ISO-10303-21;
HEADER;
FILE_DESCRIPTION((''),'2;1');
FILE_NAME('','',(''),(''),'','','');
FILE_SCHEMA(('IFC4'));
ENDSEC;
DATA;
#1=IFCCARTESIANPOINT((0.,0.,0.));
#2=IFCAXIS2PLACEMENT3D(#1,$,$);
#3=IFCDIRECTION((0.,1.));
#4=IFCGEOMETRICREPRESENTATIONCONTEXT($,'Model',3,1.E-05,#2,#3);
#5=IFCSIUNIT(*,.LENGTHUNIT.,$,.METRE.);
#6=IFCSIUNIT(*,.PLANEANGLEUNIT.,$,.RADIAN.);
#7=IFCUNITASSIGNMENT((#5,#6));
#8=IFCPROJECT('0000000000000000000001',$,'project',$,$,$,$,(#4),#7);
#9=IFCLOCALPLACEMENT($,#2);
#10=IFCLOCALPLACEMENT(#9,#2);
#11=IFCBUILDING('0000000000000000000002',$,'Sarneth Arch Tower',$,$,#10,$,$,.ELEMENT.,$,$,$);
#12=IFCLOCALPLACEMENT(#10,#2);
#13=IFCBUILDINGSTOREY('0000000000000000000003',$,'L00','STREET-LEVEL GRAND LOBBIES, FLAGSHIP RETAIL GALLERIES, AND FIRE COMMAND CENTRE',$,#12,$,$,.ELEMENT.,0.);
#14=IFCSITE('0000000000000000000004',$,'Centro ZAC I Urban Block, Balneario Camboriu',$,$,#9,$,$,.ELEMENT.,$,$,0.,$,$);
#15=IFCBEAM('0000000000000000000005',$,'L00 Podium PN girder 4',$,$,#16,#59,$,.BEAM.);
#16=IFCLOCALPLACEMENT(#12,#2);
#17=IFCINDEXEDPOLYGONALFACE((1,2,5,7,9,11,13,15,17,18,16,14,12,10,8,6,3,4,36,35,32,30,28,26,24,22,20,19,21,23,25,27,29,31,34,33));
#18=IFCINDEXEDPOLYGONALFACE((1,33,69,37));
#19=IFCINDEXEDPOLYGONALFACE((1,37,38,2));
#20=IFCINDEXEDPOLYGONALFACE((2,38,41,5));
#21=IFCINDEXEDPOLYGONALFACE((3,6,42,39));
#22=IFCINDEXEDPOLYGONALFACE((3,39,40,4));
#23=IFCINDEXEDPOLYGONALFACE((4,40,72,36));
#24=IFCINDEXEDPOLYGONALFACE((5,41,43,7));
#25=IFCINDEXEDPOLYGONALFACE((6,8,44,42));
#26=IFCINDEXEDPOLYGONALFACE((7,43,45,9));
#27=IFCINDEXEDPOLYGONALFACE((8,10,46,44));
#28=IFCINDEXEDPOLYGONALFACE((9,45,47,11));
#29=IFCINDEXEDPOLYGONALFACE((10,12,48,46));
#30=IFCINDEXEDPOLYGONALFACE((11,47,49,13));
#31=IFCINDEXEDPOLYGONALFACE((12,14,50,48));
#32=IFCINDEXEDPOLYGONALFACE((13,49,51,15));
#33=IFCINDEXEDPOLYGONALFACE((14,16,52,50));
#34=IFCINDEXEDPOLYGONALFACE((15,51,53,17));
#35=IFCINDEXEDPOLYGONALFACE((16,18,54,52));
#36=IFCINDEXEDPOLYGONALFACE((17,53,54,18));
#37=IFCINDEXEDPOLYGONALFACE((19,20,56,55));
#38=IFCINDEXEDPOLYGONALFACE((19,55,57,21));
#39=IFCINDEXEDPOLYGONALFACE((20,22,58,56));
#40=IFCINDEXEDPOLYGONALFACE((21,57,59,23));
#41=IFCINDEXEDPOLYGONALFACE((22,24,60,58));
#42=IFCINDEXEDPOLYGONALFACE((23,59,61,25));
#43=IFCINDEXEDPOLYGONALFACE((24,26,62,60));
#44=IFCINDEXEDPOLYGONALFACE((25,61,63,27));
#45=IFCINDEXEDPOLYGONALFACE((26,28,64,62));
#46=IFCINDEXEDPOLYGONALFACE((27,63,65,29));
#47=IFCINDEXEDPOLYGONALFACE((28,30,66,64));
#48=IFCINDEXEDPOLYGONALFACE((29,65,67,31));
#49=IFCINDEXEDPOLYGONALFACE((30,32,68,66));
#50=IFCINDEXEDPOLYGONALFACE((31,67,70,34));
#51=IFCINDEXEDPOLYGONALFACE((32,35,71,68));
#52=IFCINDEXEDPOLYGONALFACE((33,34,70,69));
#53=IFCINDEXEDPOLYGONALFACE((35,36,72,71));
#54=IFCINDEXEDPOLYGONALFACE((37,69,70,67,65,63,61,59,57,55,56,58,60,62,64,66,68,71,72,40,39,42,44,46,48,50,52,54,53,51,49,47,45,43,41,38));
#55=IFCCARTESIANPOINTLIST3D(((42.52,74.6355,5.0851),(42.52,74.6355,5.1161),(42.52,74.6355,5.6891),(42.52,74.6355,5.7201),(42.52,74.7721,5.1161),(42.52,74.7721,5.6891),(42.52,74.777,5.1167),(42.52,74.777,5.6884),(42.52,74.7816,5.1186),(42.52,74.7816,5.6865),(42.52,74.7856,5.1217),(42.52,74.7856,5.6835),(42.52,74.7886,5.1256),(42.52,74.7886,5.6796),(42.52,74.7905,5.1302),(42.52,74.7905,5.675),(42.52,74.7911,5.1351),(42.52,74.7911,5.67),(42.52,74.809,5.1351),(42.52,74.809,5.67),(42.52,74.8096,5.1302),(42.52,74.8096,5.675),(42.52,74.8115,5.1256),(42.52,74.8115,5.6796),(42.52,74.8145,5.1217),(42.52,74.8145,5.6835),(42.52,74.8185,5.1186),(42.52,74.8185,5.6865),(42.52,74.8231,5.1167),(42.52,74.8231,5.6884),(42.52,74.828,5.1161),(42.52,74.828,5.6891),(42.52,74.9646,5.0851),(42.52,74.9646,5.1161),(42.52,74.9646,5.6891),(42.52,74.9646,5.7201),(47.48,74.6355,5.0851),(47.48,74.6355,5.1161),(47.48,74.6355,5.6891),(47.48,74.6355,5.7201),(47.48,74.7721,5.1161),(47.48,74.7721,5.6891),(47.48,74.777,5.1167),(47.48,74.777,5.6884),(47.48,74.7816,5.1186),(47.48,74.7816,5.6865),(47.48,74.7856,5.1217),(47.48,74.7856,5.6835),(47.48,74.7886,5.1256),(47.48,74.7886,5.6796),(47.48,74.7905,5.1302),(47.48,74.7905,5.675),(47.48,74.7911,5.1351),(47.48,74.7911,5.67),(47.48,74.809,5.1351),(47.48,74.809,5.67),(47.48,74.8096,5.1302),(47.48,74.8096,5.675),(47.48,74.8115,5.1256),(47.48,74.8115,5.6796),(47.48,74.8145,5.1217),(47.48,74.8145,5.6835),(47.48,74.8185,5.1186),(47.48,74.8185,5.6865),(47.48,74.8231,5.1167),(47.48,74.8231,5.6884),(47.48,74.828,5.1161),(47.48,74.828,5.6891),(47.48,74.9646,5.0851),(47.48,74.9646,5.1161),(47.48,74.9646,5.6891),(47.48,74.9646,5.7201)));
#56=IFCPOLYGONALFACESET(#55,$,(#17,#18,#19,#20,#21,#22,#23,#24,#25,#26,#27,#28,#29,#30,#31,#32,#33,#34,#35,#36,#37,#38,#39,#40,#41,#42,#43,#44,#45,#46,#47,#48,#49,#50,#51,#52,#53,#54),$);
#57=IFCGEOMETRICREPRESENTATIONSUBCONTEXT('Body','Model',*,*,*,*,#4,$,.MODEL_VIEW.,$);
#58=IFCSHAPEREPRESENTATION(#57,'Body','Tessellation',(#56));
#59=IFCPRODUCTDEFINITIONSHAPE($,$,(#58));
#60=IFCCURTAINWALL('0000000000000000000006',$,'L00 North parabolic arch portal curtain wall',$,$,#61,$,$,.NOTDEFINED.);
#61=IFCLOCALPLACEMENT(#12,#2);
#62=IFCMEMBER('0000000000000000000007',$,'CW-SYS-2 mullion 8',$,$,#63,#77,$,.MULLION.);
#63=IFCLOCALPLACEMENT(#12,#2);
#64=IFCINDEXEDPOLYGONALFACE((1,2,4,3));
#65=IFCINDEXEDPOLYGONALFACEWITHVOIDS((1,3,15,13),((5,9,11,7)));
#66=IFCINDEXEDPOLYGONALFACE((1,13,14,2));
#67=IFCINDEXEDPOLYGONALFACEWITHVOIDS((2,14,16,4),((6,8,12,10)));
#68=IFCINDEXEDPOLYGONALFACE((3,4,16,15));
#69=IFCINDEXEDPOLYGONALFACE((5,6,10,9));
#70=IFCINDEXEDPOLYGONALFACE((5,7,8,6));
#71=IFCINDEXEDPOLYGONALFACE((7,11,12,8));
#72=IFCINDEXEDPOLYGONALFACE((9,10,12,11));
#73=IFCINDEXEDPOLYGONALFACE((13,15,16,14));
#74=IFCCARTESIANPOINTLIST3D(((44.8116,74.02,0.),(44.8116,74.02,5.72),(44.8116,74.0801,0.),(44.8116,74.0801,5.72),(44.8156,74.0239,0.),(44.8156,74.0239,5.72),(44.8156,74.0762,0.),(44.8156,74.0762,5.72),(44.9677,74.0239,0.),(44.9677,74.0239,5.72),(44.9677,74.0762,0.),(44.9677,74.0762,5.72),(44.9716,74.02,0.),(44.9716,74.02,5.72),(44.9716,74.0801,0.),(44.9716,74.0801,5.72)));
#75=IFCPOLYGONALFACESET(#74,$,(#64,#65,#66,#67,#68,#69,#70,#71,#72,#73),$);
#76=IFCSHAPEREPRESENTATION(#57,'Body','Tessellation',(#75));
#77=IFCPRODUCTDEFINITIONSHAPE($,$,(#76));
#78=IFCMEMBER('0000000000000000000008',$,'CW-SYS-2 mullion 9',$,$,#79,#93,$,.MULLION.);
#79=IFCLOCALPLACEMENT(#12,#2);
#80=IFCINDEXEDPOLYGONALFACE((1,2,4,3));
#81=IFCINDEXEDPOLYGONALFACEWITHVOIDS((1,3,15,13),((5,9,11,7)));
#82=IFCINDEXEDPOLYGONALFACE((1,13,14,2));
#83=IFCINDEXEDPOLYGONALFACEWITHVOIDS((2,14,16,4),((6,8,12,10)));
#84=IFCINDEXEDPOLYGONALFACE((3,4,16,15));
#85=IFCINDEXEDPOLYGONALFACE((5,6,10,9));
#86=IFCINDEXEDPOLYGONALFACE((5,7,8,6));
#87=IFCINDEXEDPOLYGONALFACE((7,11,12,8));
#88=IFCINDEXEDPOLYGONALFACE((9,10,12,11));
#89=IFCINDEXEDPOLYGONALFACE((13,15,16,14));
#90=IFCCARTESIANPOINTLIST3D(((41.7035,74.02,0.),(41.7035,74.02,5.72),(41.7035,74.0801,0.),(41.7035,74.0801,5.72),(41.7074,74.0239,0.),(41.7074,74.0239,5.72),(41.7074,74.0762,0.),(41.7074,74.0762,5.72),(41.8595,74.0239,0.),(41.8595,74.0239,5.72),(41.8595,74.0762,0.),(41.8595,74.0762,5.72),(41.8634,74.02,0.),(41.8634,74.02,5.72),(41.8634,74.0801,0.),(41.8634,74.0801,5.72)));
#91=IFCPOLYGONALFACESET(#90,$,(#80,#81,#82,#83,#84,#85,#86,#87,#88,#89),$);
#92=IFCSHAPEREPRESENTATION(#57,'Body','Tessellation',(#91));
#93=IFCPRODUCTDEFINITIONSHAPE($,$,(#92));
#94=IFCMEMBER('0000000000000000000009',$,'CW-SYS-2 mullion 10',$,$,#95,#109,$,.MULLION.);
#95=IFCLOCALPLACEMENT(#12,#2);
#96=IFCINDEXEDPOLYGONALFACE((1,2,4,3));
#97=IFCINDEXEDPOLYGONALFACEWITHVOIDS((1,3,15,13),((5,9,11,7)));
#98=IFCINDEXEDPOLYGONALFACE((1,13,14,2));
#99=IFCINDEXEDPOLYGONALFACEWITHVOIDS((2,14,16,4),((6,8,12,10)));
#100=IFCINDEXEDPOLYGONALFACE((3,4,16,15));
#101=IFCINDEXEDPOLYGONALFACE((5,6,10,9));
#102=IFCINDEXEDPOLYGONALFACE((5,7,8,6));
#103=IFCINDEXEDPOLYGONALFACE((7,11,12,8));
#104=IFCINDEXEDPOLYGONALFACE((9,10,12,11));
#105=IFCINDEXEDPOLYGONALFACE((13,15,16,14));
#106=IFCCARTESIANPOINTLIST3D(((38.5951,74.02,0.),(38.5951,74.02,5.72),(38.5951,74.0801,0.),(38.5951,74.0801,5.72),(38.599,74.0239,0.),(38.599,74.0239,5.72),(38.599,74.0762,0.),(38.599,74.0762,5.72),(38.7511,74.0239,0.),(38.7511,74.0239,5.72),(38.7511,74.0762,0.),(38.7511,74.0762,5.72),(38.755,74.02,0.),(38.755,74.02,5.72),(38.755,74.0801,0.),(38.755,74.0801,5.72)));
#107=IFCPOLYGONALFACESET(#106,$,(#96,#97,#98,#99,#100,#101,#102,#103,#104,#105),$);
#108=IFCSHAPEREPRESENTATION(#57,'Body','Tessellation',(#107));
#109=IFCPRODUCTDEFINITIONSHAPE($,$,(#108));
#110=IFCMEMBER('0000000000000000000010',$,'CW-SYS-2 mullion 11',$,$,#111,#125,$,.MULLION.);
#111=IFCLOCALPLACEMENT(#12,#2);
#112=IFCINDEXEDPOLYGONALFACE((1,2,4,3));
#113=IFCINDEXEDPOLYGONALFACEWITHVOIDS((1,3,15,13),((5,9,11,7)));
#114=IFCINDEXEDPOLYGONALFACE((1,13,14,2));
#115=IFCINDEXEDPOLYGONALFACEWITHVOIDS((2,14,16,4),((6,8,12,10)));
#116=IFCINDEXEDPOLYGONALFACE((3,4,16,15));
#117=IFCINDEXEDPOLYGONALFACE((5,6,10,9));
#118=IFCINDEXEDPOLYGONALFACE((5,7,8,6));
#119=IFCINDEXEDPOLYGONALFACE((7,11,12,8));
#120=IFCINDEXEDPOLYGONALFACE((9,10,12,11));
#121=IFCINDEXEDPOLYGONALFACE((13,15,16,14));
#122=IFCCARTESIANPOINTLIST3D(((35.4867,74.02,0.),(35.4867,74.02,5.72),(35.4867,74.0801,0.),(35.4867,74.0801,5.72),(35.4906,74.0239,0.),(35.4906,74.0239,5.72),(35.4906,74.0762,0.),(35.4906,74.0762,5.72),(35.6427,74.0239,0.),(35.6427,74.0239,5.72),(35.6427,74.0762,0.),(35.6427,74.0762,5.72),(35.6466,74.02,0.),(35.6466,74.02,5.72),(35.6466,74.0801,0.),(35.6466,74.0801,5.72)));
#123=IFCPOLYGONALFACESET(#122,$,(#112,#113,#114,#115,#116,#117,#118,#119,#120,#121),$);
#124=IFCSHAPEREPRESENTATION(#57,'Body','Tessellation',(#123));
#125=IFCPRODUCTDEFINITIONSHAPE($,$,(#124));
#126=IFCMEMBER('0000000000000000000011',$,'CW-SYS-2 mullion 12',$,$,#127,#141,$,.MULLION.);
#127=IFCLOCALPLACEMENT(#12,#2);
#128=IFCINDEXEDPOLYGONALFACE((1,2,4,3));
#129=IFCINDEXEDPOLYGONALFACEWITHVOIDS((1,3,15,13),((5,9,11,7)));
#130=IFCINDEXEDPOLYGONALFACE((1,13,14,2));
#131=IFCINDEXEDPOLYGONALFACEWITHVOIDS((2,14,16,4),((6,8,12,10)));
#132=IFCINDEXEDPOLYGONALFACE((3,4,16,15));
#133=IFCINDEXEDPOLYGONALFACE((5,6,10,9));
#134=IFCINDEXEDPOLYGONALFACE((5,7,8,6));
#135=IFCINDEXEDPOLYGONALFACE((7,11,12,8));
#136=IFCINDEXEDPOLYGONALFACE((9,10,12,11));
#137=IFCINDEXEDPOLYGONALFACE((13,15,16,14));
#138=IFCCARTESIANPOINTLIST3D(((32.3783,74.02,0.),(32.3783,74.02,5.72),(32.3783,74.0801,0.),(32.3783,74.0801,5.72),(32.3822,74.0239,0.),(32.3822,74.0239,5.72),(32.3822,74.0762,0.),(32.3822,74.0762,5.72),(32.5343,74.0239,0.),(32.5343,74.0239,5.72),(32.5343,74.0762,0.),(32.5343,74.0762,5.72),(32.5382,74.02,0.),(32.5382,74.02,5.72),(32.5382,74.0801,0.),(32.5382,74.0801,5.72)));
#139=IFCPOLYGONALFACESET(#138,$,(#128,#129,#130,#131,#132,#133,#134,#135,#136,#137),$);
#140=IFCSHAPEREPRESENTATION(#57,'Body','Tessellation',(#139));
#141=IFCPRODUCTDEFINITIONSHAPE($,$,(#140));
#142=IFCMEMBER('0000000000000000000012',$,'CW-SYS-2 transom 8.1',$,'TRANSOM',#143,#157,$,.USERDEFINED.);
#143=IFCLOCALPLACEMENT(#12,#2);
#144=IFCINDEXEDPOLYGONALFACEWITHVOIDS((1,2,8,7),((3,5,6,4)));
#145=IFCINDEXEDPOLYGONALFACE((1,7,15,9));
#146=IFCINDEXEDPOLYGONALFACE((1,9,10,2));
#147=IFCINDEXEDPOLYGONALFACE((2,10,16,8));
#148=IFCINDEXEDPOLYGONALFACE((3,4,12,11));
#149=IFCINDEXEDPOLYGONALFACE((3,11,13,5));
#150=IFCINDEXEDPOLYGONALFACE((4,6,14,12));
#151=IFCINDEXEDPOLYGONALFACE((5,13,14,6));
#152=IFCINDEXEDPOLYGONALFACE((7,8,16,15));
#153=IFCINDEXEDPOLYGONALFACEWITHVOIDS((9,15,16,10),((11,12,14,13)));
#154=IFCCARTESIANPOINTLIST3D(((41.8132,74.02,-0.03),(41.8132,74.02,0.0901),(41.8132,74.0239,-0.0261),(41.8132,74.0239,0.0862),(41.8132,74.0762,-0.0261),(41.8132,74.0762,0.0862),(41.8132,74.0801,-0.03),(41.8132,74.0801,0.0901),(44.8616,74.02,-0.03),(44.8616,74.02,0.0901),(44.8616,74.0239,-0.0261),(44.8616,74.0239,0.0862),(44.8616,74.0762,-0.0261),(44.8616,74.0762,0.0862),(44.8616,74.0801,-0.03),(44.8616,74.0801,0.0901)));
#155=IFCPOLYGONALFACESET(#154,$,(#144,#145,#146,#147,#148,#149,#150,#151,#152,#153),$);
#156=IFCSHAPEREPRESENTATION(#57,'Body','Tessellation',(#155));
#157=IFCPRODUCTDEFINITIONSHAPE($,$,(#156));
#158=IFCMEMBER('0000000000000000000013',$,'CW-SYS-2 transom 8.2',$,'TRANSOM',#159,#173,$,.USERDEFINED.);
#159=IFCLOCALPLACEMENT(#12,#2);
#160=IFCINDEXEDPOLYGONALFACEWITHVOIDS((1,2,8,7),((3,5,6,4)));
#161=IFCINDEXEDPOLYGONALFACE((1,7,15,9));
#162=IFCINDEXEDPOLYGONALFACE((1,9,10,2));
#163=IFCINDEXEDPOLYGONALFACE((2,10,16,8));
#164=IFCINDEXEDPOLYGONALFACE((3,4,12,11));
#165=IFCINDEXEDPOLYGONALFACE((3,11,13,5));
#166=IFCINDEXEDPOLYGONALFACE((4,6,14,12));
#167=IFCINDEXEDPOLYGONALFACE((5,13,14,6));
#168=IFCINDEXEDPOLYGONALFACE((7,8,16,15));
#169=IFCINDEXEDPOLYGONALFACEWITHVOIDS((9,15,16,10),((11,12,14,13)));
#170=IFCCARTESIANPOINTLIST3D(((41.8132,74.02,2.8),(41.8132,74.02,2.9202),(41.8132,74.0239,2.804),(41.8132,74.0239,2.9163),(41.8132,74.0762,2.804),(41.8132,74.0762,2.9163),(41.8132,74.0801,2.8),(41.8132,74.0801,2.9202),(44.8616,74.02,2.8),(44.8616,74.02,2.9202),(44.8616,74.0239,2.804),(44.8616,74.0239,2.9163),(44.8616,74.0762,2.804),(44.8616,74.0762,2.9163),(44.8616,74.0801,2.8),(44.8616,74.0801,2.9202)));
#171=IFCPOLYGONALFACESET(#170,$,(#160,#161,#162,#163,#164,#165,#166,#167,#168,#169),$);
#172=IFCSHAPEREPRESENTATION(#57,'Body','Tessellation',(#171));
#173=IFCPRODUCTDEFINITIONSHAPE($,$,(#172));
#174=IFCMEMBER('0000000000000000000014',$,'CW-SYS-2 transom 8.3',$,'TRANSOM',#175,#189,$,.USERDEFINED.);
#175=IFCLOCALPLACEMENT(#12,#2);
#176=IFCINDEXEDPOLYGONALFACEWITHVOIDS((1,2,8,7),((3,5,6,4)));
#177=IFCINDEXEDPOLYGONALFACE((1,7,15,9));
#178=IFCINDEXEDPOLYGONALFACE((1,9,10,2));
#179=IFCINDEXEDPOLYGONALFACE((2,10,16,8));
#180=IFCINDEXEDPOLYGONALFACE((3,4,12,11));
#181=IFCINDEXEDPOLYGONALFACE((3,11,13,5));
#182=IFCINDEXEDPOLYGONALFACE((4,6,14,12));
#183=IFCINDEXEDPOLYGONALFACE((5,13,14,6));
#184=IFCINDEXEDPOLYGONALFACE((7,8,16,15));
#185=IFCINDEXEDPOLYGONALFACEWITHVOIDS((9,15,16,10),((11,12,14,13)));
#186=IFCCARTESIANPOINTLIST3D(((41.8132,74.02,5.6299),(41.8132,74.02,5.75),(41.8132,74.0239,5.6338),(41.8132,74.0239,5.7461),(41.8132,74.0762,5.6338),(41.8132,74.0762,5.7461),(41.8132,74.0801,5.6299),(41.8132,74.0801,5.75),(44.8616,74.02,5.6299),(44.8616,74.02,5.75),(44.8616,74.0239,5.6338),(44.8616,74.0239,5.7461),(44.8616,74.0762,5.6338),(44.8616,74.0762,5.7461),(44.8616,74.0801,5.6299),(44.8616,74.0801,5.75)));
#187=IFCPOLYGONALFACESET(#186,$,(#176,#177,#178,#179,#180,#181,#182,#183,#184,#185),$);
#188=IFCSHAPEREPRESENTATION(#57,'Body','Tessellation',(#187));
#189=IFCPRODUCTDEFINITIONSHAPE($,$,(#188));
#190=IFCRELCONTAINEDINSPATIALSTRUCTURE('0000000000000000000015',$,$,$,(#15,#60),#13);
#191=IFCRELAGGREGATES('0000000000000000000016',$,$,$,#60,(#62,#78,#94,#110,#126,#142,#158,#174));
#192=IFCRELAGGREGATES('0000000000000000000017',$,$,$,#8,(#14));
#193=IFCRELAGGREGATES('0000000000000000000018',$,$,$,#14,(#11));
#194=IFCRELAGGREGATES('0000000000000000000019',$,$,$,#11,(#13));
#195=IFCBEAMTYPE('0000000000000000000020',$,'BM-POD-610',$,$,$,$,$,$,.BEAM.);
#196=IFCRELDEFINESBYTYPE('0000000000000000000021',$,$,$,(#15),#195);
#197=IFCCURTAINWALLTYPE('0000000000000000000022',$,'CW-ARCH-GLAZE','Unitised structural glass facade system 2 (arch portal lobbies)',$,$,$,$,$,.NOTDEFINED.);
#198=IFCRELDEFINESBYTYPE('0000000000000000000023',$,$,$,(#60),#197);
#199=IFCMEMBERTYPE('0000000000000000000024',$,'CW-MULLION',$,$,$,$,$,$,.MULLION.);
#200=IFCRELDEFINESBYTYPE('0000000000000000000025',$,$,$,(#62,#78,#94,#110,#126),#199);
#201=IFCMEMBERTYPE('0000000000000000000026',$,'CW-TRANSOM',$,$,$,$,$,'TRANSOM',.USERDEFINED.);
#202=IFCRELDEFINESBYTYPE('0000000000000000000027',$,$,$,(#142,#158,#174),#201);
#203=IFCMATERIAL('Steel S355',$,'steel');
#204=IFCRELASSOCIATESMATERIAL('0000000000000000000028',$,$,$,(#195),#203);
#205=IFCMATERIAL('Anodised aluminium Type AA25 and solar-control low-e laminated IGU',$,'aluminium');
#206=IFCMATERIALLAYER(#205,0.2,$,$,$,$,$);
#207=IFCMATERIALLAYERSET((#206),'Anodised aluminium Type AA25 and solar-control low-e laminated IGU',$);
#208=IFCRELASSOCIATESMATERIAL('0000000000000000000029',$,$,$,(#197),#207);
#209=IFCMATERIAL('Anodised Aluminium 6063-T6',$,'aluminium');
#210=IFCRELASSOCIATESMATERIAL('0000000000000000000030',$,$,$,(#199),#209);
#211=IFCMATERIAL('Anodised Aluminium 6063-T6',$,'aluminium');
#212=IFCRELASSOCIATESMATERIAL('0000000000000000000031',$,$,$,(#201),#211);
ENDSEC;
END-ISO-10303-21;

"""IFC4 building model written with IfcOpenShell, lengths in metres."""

from ifc_helpers import new_model, si_unit, direction, frame, origin, origin_2d, place, context, subcontext, project, spatial, hollow_rectangle, i_section, extrude, material, layer, layer_set, material_profile, profile_set, type_object, element, aggregate, save


model = new_model("IFC4")

# Units and contexts
model_context = context("Model", 3, precision=1e-05, world=origin(), true_north=direction((0.0, 1.0)))
body_context = subcontext(model_context, "Body", "Model", "MODEL_VIEW")
ifc_project = project(units=[si_unit("LENGTHUNIT", "METRE"), si_unit("PLANEANGLEUNIT", "RADIAN")], contexts=[model_context])

# Site, building, storey
site_placement = place(None, origin())
site = spatial("IfcSite", under=ifc_project, at=site_placement, Name="Centro ZAC I Urban Block, Balneario Camboriu", CompositionType="ELEMENT", RefElevation=0.0)
building_placement = place(site_placement, origin())
building = spatial("IfcBuilding", under=site, at=building_placement, Name="Sarneth Arch Tower", CompositionType="ELEMENT")
storey_placement = place(building_placement, origin())
storey = spatial("IfcBuildingStorey", under=building, at=storey_placement, Name="L00", Description="STREET-LEVEL GRAND LOBBIES, FLAGSHIP RETAIL GALLERIES, AND FIRE COMMAND CENTRE", CompositionType="ELEMENT", Elevation=0.0)

# Beam
ifc_material_1 = material(Name="Steel S355", Category="steel")
ifc_material_profile_1 = material_profile(ifc_material_1, i_section(OverallWidth=0.3291, OverallDepth=0.635, WebThickness=0.0178, FlangeThickness=0.031, FilletRadius=0.019, at=origin_2d()), Name="W610x241")
ifc_profile_set_1 = profile_set([ifc_material_profile_1], Name="Steel S355")
beam_type_1 = type_object("IfcBeamType", Name="BM-POD-610", PredefinedType="BEAM", material=ifc_profile_set_1)
beam_1_placement = place(storey_placement, frame((42.52, 74.8, 5.4026), z_axis=(1.0, 0.0, 0.0), x_axis=(0.0, 1.0, 0.0)))
element("IfcBeam", 1, at=beam_1_placement, inside=storey, type_object=beam_type_1, Name="L00 Podium PN girder 4", PredefinedType="BEAM", context=body_context, shape_type="SweptSolid", body=[
    extrude(i_section(OverallWidth=0.3291, OverallDepth=0.635, WebThickness=0.0178, FlangeThickness=0.031, FilletRadius=0.019, at=origin_2d()), origin(), (0.0, 0.0, 1.0), 4.96),
])

# Curtain wall, members
ifc_material_2 = material(Name="Anodised aluminium Type AA25 and solar-control low-e laminated IGU", Category="aluminium")
ifc_layer_1 = layer(ifc_material_2, 0.2)
ifc_layer_set_1 = layer_set([ifc_layer_1], Name="Anodised aluminium Type AA25 and solar-control low-e laminated IGU")
curtain_wall_type = type_object("IfcCurtainWallType", Name="CW-ARCH-GLAZE", Description="Unitised structural glass facade system 2 (arch portal lobbies)", PredefinedType="NOTDEFINED", material=ifc_layer_set_1)
curtain_wall_placement = place(storey_placement, origin())
curtain_wall = element("IfcCurtainWall", 2, at=curtain_wall_placement, inside=storey, type_object=curtain_wall_type, Name="L00 North parabolic arch portal curtain wall", PredefinedType="NOTDEFINED")
ifc_material_3 = material(Name="Anodised Aluminium 6063-T6", Category="aluminium")
ifc_material_profile_2 = material_profile(ifc_material_3, hollow_rectangle(XDim=0.0601, YDim=0.1599, WallThickness=0.0039, at=origin_2d()), Name="AL-MULL-160x60x4")
ifc_profile_set_2 = profile_set([ifc_material_profile_2], Name="Anodised Aluminium 6063-T6")
member_type_1 = type_object("IfcMemberType", Name="CW-MULLION", PredefinedType="MULLION", material=ifc_profile_set_2)
member_1_placement = place(storey_placement, frame((44.8916, 74.05, 0.0), z_axis=(0.0, 0.0, 1.0), x_axis=(0.0, -1.0, 0.0)))
member_1 = element("IfcMember", 3, at=member_1_placement, type_object=member_type_1, Name="CW-SYS-2 mullion 8", PredefinedType="MULLION", context=body_context, shape_type="SweptSolid", body=[
    extrude(hollow_rectangle(XDim=0.0601, YDim=0.1599, WallThickness=0.0039, at=origin_2d()), origin(), (0.0, 0.0, 1.0), 5.72),
])
member_2_placement = place(storey_placement, frame((41.7834, 74.05, 0.0), z_axis=(0.0, 0.0, 1.0), x_axis=(0.0, -1.0, 0.0)))
member_2 = element("IfcMember", 4, at=member_2_placement, type_object=member_type_1, Name="CW-SYS-2 mullion 9", PredefinedType="MULLION", context=body_context, shape_type="SweptSolid", body=[
    extrude(hollow_rectangle(XDim=0.0601, YDim=0.1599, WallThickness=0.0039, at=origin_2d()), origin(), (0.0, 0.0, 1.0), 5.72),
])
member_3_placement = place(storey_placement, frame((38.675, 74.05, 0.0), z_axis=(0.0, 0.0, 1.0), x_axis=(0.0, -1.0, 0.0)))
member_3 = element("IfcMember", 5, at=member_3_placement, type_object=member_type_1, Name="CW-SYS-2 mullion 10", PredefinedType="MULLION", context=body_context, shape_type="SweptSolid", body=[
    extrude(hollow_rectangle(XDim=0.0601, YDim=0.1599, WallThickness=0.0039, at=origin_2d()), origin(), (0.0, 0.0, 1.0), 5.72),
])
member_4_placement = place(storey_placement, frame((35.5667, 74.05, 0.0), z_axis=(0.0, 0.0, 1.0), x_axis=(0.0, -1.0, 0.0)))
member_4 = element("IfcMember", 6, at=member_4_placement, type_object=member_type_1, Name="CW-SYS-2 mullion 11", PredefinedType="MULLION", context=body_context, shape_type="SweptSolid", body=[
    extrude(hollow_rectangle(XDim=0.0601, YDim=0.1599, WallThickness=0.0039, at=origin_2d()), origin(), (0.0, 0.0, 1.0), 5.72),
])
member_5_placement = place(storey_placement, frame((32.4583, 74.05, 0.0), z_axis=(0.0, 0.0, 1.0), x_axis=(0.0, -1.0, 0.0)))
member_5 = element("IfcMember", 7, at=member_5_placement, type_object=member_type_1, Name="CW-SYS-2 mullion 12", PredefinedType="MULLION", context=body_context, shape_type="SweptSolid", body=[
    extrude(hollow_rectangle(XDim=0.0601, YDim=0.1599, WallThickness=0.0039, at=origin_2d()), origin(), (0.0, 0.0, 1.0), 5.72),
])
ifc_material_4 = material(Name="Anodised Aluminium 6063-T6", Category="aluminium")
ifc_material_profile_3 = material_profile(ifc_material_4, hollow_rectangle(XDim=0.0601, YDim=0.1201, WallThickness=0.0039, at=origin_2d()), Name="AL-TRAN-120x60x4")
ifc_profile_set_3 = profile_set([ifc_material_profile_3], Name="Anodised Aluminium 6063-T6")
member_type_2 = type_object("IfcMemberType", Name="CW-TRANSOM", ElementType="TRANSOM", PredefinedType="USERDEFINED", material=ifc_profile_set_3)
member_6_placement = place(storey_placement, frame((44.8616, 74.05, 0.03), z_axis=(-1.0, 0.0, 0.0), x_axis=(0.0, -1.0, 0.0)))
member_6 = element("IfcMember", 8, at=member_6_placement, type_object=member_type_2, Name="CW-SYS-2 transom 8.1", ObjectType="TRANSOM", PredefinedType="USERDEFINED", context=body_context, shape_type="SweptSolid", body=[
    extrude(hollow_rectangle(XDim=0.0601, YDim=0.1201, WallThickness=0.0039, at=origin_2d()), origin(), (0.0, 0.0, 1.0), 3.0483),
])
member_7_placement = place(storey_placement, frame((44.8616, 74.05, 2.8601), z_axis=(-1.0, 0.0, 0.0), x_axis=(0.0, -1.0, 0.0)))
member_7 = element("IfcMember", 9, at=member_7_placement, type_object=member_type_2, Name="CW-SYS-2 transom 8.2", ObjectType="TRANSOM", PredefinedType="USERDEFINED", context=body_context, shape_type="SweptSolid", body=[
    extrude(hollow_rectangle(XDim=0.0601, YDim=0.1201, WallThickness=0.0039, at=origin_2d()), origin(), (0.0, 0.0, 1.0), 3.0483),
])
member_8_placement = place(storey_placement, frame((44.8616, 74.05, 5.6899), z_axis=(-1.0, 0.0, 0.0), x_axis=(0.0, -1.0, 0.0)))
member_8 = element("IfcMember", 10, at=member_8_placement, type_object=member_type_2, Name="CW-SYS-2 transom 8.3", ObjectType="TRANSOM", PredefinedType="USERDEFINED", context=body_context, shape_type="SweptSolid", body=[
    extrude(hollow_rectangle(XDim=0.0601, YDim=0.1201, WallThickness=0.0039, at=origin_2d()), origin(), (0.0, 0.0, 1.0), 3.0483),
])
aggregate(curtain_wall, [member_1, member_2, member_3, member_4, member_5, member_6, member_7, member_8])

save(model, "model.ifc")
